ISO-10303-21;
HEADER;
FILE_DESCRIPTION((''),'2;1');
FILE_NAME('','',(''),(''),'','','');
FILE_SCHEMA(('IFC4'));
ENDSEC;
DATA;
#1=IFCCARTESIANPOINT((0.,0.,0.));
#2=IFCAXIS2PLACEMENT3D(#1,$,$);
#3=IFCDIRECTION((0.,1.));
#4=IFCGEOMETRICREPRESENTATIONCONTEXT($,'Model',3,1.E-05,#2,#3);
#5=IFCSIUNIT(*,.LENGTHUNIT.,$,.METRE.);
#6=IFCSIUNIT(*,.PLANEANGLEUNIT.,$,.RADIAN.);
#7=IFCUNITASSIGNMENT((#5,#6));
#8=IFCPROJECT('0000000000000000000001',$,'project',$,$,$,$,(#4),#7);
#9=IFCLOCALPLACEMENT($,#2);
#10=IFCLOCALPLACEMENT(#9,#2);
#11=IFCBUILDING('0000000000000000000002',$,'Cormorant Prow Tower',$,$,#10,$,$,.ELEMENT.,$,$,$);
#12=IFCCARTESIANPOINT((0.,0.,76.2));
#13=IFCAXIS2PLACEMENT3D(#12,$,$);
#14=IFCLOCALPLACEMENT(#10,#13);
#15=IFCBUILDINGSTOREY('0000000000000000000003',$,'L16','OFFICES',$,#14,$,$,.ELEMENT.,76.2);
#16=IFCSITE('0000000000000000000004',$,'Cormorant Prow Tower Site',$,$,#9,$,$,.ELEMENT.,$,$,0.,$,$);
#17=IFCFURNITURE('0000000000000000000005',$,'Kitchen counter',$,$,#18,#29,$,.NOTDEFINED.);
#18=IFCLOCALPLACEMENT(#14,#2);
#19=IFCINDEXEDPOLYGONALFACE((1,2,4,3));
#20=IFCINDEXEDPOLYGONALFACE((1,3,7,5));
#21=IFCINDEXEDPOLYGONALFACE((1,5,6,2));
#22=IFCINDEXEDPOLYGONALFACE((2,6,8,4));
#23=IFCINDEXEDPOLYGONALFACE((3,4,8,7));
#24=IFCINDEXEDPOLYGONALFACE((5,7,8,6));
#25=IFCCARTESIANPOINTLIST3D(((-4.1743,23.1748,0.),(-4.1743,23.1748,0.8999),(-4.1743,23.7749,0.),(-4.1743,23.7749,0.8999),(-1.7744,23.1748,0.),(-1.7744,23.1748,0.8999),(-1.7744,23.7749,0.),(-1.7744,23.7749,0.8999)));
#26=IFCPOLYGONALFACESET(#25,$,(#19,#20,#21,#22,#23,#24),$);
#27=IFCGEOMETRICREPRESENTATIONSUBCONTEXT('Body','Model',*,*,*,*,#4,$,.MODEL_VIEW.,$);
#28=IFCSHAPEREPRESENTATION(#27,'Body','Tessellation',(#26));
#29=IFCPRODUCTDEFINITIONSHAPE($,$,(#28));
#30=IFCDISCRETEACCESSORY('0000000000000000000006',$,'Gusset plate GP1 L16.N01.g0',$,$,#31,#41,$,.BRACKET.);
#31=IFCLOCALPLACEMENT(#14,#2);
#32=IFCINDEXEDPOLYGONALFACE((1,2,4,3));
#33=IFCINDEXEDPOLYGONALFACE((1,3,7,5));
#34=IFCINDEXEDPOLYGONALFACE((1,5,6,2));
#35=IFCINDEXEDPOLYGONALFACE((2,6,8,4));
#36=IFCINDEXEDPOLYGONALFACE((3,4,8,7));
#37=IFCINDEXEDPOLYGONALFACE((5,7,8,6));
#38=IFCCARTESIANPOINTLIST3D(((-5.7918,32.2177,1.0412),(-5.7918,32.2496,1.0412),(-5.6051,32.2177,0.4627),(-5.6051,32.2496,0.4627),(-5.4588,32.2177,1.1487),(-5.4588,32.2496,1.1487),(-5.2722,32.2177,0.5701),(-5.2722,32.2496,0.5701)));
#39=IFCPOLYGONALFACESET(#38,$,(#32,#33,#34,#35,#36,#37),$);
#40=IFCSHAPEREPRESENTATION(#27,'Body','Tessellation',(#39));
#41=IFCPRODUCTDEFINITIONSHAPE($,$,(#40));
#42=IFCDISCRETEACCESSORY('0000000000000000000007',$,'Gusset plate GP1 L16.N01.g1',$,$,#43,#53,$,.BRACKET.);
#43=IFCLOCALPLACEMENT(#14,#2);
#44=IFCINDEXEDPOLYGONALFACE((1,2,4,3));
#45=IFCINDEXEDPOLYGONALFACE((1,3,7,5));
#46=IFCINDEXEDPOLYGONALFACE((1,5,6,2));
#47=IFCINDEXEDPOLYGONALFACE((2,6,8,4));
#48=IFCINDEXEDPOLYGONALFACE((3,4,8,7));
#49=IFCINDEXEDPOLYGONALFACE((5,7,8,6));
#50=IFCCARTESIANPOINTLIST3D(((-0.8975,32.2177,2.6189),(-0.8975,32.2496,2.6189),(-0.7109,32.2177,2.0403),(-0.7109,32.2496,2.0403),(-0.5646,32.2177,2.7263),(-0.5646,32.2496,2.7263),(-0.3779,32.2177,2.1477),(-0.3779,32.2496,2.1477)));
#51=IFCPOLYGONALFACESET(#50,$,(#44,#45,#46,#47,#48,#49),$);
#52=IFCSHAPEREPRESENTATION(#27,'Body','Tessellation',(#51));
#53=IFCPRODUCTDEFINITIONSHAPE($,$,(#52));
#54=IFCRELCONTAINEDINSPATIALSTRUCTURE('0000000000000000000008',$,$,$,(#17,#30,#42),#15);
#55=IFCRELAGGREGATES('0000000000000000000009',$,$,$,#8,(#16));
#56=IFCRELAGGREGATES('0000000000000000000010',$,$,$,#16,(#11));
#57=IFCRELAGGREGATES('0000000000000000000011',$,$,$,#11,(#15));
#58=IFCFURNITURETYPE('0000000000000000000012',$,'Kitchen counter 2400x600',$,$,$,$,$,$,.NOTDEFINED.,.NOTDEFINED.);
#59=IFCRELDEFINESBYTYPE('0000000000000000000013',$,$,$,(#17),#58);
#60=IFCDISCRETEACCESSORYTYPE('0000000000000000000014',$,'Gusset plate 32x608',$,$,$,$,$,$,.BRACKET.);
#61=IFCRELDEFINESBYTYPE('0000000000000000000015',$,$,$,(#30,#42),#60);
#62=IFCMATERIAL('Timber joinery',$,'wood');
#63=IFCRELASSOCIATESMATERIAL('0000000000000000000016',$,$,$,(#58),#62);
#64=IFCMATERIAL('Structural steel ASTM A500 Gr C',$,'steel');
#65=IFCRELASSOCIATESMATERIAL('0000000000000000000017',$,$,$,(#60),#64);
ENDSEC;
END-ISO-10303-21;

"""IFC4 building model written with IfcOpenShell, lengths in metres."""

from ifc_helpers import new_model, si_unit, direction, frame, origin, origin_2d, place, context, subcontext, project, spatial, rectangle, extrude, material, material_profile, profile_set, type_object, element, save


model = new_model("IFC4")

# Units and contexts
model_context = context("Model", 3, precision=1e-05, world=origin(), true_north=direction((0.0, 1.0)))
body_context = subcontext(model_context, "Body", "Model", "MODEL_VIEW")
ifc_project = project(units=[si_unit("LENGTHUNIT", "METRE"), si_unit("PLANEANGLEUNIT", "RADIAN")], contexts=[model_context])

# Site, building, storey
site_placement = place(None, origin())
site = spatial("IfcSite", under=ifc_project, at=site_placement, Name="Cormorant Prow Tower Site", CompositionType="ELEMENT", RefElevation=0.0)
building_placement = place(site_placement, origin())
building = spatial("IfcBuilding", under=site, at=building_placement, Name="Cormorant Prow Tower", CompositionType="ELEMENT")
storey_placement = place(building_placement, frame((0.0, 0.0, 76.2)))
storey = spatial("IfcBuildingStorey", under=building, at=storey_placement, Name="L16", Description="OFFICES", CompositionType="ELEMENT", Elevation=76.2)

# Furniture
ifc_material_1 = material(Name="Timber joinery", Category="wood")
furniture_type = type_object("IfcFurnitureType", Name="Kitchen counter 2400x600", AssemblyPlace="NOTDEFINED", PredefinedType="NOTDEFINED", material=ifc_material_1)
furniture_placement = place(storey_placement, frame((-2.9744, 23.4749, 0.0), z_axis=(0.0, 0.0, 1.0), x_axis=(1.0, 0.0, 0.0)))
element("IfcFurniture", 1, at=furniture_placement, inside=storey, type_object=furniture_type, Name="Kitchen counter", PredefinedType="NOTDEFINED", context=body_context, shape_type="SweptSolid", body=[
    extrude(rectangle(XDim=2.3999, YDim=0.6001, at=origin_2d()), origin(), (0.0, 0.0, 1.0), 0.8999),
])

# Discrete accessories
ifc_material_2 = material(Name="Structural steel ASTM A500 Gr C", Category="steel")
ifc_material_profile_1 = material_profile(ifc_material_2, rectangle(XDim=0.032, YDim=0.6079, at=origin_2d()), Name="Gusset plate 32x608")
ifc_profile_set_1 = profile_set([ifc_material_profile_1], Name="Structural steel ASTM A500 Gr C")
discrete_accessory_type = type_object("IfcDiscreteAccessoryType", Name="Gusset plate 32x608", PredefinedType="BRACKET", material=ifc_profile_set_1)
for number, where, z_axis, x_axis, name in (
    (2, (-5.3655, 32.2336, 0.8594), (-0.951709, 0.0, -0.307003), (0.0, -1.0, 0.0), "Gusset plate GP1 L16.N01.g0"),
    (3, (-0.8042, 32.2336, 2.3296), (0.951709, 0.0, 0.307003), (0.0, 1.0, 0.0), "Gusset plate GP1 L16.N01.g1"),
):
    element("IfcDiscreteAccessory", number, at=place(storey_placement, frame(where, z_axis=z_axis, x_axis=x_axis)), inside=storey, type_object=discrete_accessory_type, Name=name, PredefinedType="BRACKET", context=body_context, shape_type="SweptSolid", body=[
        extrude(rectangle(XDim=0.032, YDim=0.6079, at=origin_2d()), origin(), (0.0, 0.0, 1.0), 0.3499),
    ])

save(model, "model.ifc")
